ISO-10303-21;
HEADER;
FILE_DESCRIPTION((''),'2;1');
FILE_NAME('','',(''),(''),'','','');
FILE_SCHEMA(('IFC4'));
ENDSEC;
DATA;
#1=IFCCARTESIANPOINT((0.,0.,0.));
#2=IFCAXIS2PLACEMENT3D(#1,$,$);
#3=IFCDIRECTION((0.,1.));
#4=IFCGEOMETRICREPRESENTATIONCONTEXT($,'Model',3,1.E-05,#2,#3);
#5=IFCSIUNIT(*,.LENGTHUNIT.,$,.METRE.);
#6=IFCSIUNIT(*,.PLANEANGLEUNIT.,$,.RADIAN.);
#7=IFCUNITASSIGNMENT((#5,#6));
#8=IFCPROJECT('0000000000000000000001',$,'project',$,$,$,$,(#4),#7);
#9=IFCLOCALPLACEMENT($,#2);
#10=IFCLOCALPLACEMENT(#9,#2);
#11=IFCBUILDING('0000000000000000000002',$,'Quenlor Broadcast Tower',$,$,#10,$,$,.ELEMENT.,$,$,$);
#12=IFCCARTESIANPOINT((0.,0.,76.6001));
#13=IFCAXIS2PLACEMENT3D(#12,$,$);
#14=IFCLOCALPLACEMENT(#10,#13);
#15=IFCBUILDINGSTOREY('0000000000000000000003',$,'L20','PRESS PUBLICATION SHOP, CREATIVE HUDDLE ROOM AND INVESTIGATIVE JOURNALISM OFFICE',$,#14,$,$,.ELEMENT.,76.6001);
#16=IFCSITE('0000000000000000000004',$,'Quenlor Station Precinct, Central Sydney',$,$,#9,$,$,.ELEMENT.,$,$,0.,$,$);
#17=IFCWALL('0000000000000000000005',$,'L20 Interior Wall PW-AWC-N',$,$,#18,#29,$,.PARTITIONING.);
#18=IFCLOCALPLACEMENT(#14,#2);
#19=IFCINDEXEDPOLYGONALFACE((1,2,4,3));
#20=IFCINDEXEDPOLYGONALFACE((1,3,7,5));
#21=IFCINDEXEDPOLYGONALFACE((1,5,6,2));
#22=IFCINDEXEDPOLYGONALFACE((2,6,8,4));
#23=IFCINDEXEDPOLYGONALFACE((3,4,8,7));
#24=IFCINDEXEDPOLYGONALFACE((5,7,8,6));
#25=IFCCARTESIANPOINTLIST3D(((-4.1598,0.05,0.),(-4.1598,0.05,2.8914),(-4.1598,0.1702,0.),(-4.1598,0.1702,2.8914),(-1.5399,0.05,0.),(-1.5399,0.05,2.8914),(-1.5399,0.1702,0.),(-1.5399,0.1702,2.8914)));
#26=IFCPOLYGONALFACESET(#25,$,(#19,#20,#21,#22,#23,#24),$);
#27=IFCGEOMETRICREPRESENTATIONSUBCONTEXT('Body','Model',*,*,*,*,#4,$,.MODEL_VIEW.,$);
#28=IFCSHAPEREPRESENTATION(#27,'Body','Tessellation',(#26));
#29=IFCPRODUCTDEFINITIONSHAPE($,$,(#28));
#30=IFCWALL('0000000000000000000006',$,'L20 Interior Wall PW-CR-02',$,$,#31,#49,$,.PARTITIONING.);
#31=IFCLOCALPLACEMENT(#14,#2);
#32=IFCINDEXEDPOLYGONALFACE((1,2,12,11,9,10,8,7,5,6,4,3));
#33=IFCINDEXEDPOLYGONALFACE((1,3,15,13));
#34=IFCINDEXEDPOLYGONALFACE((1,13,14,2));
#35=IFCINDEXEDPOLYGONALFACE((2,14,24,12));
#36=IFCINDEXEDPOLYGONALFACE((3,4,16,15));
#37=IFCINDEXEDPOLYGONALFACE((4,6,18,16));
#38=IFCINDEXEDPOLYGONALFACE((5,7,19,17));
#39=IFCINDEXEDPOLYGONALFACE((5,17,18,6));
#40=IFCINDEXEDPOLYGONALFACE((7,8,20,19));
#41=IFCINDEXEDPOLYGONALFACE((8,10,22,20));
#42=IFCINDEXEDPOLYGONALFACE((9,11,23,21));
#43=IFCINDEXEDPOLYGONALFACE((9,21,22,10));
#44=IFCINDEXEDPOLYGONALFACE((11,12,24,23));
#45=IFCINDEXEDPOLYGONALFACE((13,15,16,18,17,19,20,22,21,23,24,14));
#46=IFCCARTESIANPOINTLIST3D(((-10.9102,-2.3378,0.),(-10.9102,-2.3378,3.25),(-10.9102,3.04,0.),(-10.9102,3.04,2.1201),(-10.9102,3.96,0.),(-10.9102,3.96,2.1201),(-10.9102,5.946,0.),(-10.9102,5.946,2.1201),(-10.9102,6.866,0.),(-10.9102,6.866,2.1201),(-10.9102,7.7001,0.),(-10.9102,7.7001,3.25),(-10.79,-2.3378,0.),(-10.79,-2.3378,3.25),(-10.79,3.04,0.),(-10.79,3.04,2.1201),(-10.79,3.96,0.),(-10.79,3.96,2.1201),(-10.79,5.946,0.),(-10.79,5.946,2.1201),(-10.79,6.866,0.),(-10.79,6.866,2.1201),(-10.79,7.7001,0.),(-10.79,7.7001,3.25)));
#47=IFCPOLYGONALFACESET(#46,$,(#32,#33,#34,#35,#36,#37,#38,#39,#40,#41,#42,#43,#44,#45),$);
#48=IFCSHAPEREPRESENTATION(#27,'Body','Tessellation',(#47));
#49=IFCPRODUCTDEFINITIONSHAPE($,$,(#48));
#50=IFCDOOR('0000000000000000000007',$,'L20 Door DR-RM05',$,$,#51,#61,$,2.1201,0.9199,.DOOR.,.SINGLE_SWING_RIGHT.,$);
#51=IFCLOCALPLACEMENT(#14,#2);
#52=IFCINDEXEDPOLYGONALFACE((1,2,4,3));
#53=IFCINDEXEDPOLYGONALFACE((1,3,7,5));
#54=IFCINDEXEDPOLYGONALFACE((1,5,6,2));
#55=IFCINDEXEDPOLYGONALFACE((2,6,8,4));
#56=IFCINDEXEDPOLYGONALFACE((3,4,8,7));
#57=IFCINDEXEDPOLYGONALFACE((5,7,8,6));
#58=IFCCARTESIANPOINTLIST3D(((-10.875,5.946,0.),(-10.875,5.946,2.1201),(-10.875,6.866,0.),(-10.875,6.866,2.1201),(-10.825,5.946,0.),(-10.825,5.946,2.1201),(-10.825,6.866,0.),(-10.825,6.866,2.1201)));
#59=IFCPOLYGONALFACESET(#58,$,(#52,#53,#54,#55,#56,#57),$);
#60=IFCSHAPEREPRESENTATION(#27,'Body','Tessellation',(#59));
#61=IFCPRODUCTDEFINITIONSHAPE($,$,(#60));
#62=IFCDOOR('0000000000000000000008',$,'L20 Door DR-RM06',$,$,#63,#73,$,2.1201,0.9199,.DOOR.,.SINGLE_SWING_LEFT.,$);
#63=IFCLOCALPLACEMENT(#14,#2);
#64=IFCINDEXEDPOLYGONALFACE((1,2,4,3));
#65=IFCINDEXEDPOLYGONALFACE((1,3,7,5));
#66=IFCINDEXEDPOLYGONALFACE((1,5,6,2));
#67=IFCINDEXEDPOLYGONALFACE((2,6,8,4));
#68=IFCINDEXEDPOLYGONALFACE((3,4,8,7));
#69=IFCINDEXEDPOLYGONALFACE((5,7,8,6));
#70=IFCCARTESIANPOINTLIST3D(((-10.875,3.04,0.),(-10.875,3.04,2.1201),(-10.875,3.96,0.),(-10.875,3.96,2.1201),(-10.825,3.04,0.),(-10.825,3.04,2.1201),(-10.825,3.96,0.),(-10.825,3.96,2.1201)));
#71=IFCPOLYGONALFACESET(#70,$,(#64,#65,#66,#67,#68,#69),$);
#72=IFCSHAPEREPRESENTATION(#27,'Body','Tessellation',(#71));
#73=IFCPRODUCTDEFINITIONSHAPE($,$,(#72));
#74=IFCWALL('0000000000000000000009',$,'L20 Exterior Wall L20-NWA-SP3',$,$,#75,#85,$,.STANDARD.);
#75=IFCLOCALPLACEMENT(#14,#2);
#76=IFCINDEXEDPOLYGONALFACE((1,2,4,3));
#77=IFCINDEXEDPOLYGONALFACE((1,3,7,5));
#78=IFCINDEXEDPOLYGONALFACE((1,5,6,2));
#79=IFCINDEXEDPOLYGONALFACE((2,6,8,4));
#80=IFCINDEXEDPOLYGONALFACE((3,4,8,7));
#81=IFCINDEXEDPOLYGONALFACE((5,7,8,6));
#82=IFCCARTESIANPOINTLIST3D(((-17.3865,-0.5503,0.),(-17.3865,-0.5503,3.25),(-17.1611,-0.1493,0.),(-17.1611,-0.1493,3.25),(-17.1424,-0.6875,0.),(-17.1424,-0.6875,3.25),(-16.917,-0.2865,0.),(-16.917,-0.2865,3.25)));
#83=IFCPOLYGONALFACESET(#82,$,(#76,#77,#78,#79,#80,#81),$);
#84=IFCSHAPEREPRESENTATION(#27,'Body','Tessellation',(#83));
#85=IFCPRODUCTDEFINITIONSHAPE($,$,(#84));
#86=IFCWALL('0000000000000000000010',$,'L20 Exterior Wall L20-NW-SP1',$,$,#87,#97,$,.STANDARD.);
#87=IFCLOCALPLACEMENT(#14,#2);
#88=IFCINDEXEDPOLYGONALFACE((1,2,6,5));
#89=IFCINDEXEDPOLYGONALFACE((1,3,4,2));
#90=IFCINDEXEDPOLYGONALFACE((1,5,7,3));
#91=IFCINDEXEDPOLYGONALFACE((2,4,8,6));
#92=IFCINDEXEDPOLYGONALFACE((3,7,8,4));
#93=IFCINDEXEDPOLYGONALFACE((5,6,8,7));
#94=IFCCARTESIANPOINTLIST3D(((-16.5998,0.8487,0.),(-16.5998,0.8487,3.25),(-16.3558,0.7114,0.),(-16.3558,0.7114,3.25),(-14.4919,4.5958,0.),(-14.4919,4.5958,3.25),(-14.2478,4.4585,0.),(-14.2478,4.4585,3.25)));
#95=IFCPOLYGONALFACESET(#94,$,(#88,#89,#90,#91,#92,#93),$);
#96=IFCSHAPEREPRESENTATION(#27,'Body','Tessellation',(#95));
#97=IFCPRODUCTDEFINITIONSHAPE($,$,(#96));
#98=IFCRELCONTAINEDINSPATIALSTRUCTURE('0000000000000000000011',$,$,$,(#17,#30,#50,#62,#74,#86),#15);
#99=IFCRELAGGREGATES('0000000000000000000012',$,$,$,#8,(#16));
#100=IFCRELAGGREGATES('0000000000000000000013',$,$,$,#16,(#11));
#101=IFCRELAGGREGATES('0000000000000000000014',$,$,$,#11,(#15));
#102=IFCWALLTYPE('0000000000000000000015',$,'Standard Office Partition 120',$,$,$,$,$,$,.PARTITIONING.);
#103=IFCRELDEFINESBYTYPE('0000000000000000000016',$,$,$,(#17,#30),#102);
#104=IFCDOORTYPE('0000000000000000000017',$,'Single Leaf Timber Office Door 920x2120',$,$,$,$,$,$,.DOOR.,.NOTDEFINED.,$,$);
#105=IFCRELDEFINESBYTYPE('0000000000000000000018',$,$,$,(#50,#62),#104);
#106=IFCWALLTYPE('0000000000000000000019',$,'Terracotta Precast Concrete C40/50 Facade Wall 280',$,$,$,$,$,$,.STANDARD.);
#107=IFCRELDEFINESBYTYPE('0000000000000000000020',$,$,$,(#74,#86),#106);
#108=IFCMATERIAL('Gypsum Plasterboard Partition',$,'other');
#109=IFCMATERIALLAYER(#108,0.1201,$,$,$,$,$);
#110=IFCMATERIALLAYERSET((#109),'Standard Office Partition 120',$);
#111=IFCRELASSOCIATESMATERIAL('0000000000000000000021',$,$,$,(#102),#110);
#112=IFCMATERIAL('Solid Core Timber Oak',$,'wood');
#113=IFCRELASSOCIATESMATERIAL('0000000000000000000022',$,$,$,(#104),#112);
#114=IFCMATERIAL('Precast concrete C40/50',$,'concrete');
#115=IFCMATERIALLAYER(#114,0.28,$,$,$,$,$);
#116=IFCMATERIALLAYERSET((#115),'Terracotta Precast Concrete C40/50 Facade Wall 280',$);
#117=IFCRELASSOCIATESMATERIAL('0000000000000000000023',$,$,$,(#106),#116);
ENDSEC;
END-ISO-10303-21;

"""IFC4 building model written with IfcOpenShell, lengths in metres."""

from ifc_helpers import new_model, si_unit, direction, frame, frame_2d, origin, place, context, subcontext, project, spatial, rectangle, extrude, material, layer, layer_set, type_object, element, fill, save


model = new_model("IFC4")

# Units and contexts
model_context = context("Model", 3, precision=1e-05, world=origin(), true_north=direction((0.0, 1.0)))
body_context = subcontext(model_context, "Body", "Model", "MODEL_VIEW")
ifc_project = project(units=[si_unit("LENGTHUNIT", "METRE"), si_unit("PLANEANGLEUNIT", "RADIAN")], contexts=[model_context])

# Site, building, storey
site_placement = place(None, origin())
site = spatial("IfcSite", under=ifc_project, at=site_placement, Name="Quenlor Station Precinct, Central Sydney", CompositionType="ELEMENT", RefElevation=0.0)
building_placement = place(site_placement, origin())
building = spatial("IfcBuilding", under=site, at=building_placement, Name="Quenlor Broadcast Tower", CompositionType="ELEMENT")
storey_placement = place(building_placement, frame((0.0, 0.0, 76.6001)))
storey = spatial("IfcBuildingStorey", under=building, at=storey_placement, Name="L20", Description="PRESS PUBLICATION SHOP, CREATIVE HUDDLE ROOM AND INVESTIGATIVE JOURNALISM OFFICE", CompositionType="ELEMENT", Elevation=76.6001)

# Wall
ifc_material_1 = material(Name="Gypsum Plasterboard Partition", Category="other")
ifc_layer_1 = layer(ifc_material_1, 0.1201)
ifc_layer_set_1 = layer_set([ifc_layer_1], Name="Standard Office Partition 120")
wall_type_1 = type_object("IfcWallType", Name="Standard Office Partition 120", PredefinedType="PARTITIONING", material=ifc_layer_set_1)
wall_1_placement = place(storey_placement, frame((-4.1599, 0.1101, 0.0), z_axis=(0.0, 0.0, 1.0), x_axis=(1.0, 0.0, 0.0)))
element("IfcWall", 1, at=wall_1_placement, inside=storey, type_object=wall_type_1, Name="L20 Interior Wall PW-AWC-N", PredefinedType="PARTITIONING", context=body_context, shape_type="SweptSolid", body=[
    extrude(rectangle(XDim=2.6199, YDim=0.1201, at=frame_2d((1.3101, 0.0))), origin(), (0.0, 0.0, 1.0), 2.8914),
])

# Wall, openings, doors
wall_2_placement = place(storey_placement, frame((-10.8501, -2.3379, 0.0), z_axis=(0.0, 0.0, 1.0), x_axis=(0.0, 1.0, 0.0)))
wall_2 = element("IfcWall", 2, at=wall_2_placement, inside=storey, type_object=wall_type_1, Name="L20 Interior Wall PW-CR-02", PredefinedType="PARTITIONING", context=body_context, shape_type="SweptSolid", body=[
    extrude(rectangle(XDim=10.0378, YDim=0.1201, at=frame_2d((5.019, 0.0))), origin(), (0.0, 0.0, 1.0), 3.25),
])
opening_1_placement = place(wall_2_placement, frame((8.2839, 0.0, 0.0)))
opening_1 = element("IfcOpeningElement", 3, at=opening_1_placement, cuts=wall_2, PredefinedType="OPENING", context=body_context, shape_type="SweptSolid", body=[
    extrude(rectangle(XDim=0.9199, YDim=2.1201, at=frame_2d((0.46, 1.0601))), frame((0.0, 0.0701, 0.0), z_axis=(0.0, -1.0, 0.0), x_axis=(1.0, 0.0, 0.0)), (0.0, 0.0, 1.0), 0.1401),
])
opening_2_placement = place(wall_2_placement, frame((5.3779, 0.0, 0.0)))
opening_2 = element("IfcOpeningElement", 4, at=opening_2_placement, cuts=wall_2, PredefinedType="OPENING", context=body_context, shape_type="SweptSolid", body=[
    extrude(rectangle(XDim=0.9199, YDim=2.1201, at=frame_2d((0.46, 1.0601))), frame((0.0, 0.0701, 0.0), z_axis=(0.0, -1.0, 0.0), x_axis=(1.0, 0.0, 0.0)), (0.0, 0.0, 1.0), 0.1401),
])
ifc_material_2 = material(Name="Solid Core Timber Oak", Category="wood")
door_type = type_object("IfcDoorType", Name="Single Leaf Timber Office Door 920x2120", OperationType="NOTDEFINED", PredefinedType="DOOR", material=ifc_material_2)
door_1_placement = place(opening_1_placement, origin())
door_1 = element("IfcDoor", 5, at=door_1_placement, inside=storey, type_object=door_type, Name="L20 Door DR-RM05", OperationType="SINGLE_SWING_RIGHT", OverallHeight=2.1201, OverallWidth=0.9199, PredefinedType="DOOR", context=body_context, shape_type="SweptSolid", body=[
    extrude(rectangle(XDim=0.9199, YDim=2.1201, at=frame_2d((0.46, 1.0601))), frame((0.0, 0.0249, 0.0), z_axis=(0.0, -1.0, 0.0), x_axis=(1.0, 0.0, 0.0)), (0.0, 0.0, 1.0), 0.05),
])
fill(opening_1, door_1)
door_2_placement = place(opening_2_placement, origin())
door_2 = element("IfcDoor", 6, at=door_2_placement, inside=storey, type_object=door_type, Name="L20 Door DR-RM06", OperationType="SINGLE_SWING_LEFT", OverallHeight=2.1201, OverallWidth=0.9199, PredefinedType="DOOR", context=body_context, shape_type="SweptSolid", body=[
    extrude(rectangle(XDim=0.9199, YDim=2.1201, at=frame_2d((0.46, 1.0601))), frame((0.0, 0.0249, 0.0), z_axis=(0.0, -1.0, 0.0), x_axis=(1.0, 0.0, 0.0)), (0.0, 0.0, 1.0), 0.05),
])
fill(opening_2, door_2)

# Walls
ifc_material_3 = material(Name="Precast concrete C40/50", Category="concrete")
ifc_layer_2 = layer(ifc_material_3, 0.28)
ifc_layer_set_2 = layer_set([ifc_layer_2], Name="Terracotta Precast Concrete C40/50 Facade Wall 280")
wall_type_2 = type_object("IfcWallType", Name="Terracotta Precast Concrete C40/50 Facade Wall 280", PredefinedType="STANDARD", material=ifc_layer_set_2)
wall_3_placement = place(storey_placement, frame((-17.2644, -0.6189, 0.0), z_axis=(0.0, 0.0, 1.0), x_axis=(0.490009, 0.871717, 0.0)))
element("IfcWall", 7, at=wall_3_placement, inside=storey, type_object=wall_type_2, Name="L20 Exterior Wall L20-NWA-SP3", PredefinedType="STANDARD", context=body_context, shape_type="SweptSolid", body=[
    extrude(rectangle(XDim=0.46, YDim=0.28, at=frame_2d((0.23, 0.0))), origin(), (0.0, 0.0, 1.0), 3.25),
])
wall_4_placement = place(storey_placement, frame((-16.4778, 0.78, 0.0), z_axis=(0.0, 0.0, 1.0), x_axis=(0.490294, 0.871557, 0.0)))
element("IfcWall", 8, at=wall_4_placement, inside=storey, type_object=wall_type_2, Name="L20 Exterior Wall L20-NW-SP1", PredefinedType="STANDARD", context=body_context, shape_type="SweptSolid", body=[
    extrude(rectangle(XDim=4.2993, YDim=0.28, at=frame_2d((2.1497, 0.0))), origin(), (0.0, 0.0, 1.0), 3.25),
])

save(model, "model.ifc")
